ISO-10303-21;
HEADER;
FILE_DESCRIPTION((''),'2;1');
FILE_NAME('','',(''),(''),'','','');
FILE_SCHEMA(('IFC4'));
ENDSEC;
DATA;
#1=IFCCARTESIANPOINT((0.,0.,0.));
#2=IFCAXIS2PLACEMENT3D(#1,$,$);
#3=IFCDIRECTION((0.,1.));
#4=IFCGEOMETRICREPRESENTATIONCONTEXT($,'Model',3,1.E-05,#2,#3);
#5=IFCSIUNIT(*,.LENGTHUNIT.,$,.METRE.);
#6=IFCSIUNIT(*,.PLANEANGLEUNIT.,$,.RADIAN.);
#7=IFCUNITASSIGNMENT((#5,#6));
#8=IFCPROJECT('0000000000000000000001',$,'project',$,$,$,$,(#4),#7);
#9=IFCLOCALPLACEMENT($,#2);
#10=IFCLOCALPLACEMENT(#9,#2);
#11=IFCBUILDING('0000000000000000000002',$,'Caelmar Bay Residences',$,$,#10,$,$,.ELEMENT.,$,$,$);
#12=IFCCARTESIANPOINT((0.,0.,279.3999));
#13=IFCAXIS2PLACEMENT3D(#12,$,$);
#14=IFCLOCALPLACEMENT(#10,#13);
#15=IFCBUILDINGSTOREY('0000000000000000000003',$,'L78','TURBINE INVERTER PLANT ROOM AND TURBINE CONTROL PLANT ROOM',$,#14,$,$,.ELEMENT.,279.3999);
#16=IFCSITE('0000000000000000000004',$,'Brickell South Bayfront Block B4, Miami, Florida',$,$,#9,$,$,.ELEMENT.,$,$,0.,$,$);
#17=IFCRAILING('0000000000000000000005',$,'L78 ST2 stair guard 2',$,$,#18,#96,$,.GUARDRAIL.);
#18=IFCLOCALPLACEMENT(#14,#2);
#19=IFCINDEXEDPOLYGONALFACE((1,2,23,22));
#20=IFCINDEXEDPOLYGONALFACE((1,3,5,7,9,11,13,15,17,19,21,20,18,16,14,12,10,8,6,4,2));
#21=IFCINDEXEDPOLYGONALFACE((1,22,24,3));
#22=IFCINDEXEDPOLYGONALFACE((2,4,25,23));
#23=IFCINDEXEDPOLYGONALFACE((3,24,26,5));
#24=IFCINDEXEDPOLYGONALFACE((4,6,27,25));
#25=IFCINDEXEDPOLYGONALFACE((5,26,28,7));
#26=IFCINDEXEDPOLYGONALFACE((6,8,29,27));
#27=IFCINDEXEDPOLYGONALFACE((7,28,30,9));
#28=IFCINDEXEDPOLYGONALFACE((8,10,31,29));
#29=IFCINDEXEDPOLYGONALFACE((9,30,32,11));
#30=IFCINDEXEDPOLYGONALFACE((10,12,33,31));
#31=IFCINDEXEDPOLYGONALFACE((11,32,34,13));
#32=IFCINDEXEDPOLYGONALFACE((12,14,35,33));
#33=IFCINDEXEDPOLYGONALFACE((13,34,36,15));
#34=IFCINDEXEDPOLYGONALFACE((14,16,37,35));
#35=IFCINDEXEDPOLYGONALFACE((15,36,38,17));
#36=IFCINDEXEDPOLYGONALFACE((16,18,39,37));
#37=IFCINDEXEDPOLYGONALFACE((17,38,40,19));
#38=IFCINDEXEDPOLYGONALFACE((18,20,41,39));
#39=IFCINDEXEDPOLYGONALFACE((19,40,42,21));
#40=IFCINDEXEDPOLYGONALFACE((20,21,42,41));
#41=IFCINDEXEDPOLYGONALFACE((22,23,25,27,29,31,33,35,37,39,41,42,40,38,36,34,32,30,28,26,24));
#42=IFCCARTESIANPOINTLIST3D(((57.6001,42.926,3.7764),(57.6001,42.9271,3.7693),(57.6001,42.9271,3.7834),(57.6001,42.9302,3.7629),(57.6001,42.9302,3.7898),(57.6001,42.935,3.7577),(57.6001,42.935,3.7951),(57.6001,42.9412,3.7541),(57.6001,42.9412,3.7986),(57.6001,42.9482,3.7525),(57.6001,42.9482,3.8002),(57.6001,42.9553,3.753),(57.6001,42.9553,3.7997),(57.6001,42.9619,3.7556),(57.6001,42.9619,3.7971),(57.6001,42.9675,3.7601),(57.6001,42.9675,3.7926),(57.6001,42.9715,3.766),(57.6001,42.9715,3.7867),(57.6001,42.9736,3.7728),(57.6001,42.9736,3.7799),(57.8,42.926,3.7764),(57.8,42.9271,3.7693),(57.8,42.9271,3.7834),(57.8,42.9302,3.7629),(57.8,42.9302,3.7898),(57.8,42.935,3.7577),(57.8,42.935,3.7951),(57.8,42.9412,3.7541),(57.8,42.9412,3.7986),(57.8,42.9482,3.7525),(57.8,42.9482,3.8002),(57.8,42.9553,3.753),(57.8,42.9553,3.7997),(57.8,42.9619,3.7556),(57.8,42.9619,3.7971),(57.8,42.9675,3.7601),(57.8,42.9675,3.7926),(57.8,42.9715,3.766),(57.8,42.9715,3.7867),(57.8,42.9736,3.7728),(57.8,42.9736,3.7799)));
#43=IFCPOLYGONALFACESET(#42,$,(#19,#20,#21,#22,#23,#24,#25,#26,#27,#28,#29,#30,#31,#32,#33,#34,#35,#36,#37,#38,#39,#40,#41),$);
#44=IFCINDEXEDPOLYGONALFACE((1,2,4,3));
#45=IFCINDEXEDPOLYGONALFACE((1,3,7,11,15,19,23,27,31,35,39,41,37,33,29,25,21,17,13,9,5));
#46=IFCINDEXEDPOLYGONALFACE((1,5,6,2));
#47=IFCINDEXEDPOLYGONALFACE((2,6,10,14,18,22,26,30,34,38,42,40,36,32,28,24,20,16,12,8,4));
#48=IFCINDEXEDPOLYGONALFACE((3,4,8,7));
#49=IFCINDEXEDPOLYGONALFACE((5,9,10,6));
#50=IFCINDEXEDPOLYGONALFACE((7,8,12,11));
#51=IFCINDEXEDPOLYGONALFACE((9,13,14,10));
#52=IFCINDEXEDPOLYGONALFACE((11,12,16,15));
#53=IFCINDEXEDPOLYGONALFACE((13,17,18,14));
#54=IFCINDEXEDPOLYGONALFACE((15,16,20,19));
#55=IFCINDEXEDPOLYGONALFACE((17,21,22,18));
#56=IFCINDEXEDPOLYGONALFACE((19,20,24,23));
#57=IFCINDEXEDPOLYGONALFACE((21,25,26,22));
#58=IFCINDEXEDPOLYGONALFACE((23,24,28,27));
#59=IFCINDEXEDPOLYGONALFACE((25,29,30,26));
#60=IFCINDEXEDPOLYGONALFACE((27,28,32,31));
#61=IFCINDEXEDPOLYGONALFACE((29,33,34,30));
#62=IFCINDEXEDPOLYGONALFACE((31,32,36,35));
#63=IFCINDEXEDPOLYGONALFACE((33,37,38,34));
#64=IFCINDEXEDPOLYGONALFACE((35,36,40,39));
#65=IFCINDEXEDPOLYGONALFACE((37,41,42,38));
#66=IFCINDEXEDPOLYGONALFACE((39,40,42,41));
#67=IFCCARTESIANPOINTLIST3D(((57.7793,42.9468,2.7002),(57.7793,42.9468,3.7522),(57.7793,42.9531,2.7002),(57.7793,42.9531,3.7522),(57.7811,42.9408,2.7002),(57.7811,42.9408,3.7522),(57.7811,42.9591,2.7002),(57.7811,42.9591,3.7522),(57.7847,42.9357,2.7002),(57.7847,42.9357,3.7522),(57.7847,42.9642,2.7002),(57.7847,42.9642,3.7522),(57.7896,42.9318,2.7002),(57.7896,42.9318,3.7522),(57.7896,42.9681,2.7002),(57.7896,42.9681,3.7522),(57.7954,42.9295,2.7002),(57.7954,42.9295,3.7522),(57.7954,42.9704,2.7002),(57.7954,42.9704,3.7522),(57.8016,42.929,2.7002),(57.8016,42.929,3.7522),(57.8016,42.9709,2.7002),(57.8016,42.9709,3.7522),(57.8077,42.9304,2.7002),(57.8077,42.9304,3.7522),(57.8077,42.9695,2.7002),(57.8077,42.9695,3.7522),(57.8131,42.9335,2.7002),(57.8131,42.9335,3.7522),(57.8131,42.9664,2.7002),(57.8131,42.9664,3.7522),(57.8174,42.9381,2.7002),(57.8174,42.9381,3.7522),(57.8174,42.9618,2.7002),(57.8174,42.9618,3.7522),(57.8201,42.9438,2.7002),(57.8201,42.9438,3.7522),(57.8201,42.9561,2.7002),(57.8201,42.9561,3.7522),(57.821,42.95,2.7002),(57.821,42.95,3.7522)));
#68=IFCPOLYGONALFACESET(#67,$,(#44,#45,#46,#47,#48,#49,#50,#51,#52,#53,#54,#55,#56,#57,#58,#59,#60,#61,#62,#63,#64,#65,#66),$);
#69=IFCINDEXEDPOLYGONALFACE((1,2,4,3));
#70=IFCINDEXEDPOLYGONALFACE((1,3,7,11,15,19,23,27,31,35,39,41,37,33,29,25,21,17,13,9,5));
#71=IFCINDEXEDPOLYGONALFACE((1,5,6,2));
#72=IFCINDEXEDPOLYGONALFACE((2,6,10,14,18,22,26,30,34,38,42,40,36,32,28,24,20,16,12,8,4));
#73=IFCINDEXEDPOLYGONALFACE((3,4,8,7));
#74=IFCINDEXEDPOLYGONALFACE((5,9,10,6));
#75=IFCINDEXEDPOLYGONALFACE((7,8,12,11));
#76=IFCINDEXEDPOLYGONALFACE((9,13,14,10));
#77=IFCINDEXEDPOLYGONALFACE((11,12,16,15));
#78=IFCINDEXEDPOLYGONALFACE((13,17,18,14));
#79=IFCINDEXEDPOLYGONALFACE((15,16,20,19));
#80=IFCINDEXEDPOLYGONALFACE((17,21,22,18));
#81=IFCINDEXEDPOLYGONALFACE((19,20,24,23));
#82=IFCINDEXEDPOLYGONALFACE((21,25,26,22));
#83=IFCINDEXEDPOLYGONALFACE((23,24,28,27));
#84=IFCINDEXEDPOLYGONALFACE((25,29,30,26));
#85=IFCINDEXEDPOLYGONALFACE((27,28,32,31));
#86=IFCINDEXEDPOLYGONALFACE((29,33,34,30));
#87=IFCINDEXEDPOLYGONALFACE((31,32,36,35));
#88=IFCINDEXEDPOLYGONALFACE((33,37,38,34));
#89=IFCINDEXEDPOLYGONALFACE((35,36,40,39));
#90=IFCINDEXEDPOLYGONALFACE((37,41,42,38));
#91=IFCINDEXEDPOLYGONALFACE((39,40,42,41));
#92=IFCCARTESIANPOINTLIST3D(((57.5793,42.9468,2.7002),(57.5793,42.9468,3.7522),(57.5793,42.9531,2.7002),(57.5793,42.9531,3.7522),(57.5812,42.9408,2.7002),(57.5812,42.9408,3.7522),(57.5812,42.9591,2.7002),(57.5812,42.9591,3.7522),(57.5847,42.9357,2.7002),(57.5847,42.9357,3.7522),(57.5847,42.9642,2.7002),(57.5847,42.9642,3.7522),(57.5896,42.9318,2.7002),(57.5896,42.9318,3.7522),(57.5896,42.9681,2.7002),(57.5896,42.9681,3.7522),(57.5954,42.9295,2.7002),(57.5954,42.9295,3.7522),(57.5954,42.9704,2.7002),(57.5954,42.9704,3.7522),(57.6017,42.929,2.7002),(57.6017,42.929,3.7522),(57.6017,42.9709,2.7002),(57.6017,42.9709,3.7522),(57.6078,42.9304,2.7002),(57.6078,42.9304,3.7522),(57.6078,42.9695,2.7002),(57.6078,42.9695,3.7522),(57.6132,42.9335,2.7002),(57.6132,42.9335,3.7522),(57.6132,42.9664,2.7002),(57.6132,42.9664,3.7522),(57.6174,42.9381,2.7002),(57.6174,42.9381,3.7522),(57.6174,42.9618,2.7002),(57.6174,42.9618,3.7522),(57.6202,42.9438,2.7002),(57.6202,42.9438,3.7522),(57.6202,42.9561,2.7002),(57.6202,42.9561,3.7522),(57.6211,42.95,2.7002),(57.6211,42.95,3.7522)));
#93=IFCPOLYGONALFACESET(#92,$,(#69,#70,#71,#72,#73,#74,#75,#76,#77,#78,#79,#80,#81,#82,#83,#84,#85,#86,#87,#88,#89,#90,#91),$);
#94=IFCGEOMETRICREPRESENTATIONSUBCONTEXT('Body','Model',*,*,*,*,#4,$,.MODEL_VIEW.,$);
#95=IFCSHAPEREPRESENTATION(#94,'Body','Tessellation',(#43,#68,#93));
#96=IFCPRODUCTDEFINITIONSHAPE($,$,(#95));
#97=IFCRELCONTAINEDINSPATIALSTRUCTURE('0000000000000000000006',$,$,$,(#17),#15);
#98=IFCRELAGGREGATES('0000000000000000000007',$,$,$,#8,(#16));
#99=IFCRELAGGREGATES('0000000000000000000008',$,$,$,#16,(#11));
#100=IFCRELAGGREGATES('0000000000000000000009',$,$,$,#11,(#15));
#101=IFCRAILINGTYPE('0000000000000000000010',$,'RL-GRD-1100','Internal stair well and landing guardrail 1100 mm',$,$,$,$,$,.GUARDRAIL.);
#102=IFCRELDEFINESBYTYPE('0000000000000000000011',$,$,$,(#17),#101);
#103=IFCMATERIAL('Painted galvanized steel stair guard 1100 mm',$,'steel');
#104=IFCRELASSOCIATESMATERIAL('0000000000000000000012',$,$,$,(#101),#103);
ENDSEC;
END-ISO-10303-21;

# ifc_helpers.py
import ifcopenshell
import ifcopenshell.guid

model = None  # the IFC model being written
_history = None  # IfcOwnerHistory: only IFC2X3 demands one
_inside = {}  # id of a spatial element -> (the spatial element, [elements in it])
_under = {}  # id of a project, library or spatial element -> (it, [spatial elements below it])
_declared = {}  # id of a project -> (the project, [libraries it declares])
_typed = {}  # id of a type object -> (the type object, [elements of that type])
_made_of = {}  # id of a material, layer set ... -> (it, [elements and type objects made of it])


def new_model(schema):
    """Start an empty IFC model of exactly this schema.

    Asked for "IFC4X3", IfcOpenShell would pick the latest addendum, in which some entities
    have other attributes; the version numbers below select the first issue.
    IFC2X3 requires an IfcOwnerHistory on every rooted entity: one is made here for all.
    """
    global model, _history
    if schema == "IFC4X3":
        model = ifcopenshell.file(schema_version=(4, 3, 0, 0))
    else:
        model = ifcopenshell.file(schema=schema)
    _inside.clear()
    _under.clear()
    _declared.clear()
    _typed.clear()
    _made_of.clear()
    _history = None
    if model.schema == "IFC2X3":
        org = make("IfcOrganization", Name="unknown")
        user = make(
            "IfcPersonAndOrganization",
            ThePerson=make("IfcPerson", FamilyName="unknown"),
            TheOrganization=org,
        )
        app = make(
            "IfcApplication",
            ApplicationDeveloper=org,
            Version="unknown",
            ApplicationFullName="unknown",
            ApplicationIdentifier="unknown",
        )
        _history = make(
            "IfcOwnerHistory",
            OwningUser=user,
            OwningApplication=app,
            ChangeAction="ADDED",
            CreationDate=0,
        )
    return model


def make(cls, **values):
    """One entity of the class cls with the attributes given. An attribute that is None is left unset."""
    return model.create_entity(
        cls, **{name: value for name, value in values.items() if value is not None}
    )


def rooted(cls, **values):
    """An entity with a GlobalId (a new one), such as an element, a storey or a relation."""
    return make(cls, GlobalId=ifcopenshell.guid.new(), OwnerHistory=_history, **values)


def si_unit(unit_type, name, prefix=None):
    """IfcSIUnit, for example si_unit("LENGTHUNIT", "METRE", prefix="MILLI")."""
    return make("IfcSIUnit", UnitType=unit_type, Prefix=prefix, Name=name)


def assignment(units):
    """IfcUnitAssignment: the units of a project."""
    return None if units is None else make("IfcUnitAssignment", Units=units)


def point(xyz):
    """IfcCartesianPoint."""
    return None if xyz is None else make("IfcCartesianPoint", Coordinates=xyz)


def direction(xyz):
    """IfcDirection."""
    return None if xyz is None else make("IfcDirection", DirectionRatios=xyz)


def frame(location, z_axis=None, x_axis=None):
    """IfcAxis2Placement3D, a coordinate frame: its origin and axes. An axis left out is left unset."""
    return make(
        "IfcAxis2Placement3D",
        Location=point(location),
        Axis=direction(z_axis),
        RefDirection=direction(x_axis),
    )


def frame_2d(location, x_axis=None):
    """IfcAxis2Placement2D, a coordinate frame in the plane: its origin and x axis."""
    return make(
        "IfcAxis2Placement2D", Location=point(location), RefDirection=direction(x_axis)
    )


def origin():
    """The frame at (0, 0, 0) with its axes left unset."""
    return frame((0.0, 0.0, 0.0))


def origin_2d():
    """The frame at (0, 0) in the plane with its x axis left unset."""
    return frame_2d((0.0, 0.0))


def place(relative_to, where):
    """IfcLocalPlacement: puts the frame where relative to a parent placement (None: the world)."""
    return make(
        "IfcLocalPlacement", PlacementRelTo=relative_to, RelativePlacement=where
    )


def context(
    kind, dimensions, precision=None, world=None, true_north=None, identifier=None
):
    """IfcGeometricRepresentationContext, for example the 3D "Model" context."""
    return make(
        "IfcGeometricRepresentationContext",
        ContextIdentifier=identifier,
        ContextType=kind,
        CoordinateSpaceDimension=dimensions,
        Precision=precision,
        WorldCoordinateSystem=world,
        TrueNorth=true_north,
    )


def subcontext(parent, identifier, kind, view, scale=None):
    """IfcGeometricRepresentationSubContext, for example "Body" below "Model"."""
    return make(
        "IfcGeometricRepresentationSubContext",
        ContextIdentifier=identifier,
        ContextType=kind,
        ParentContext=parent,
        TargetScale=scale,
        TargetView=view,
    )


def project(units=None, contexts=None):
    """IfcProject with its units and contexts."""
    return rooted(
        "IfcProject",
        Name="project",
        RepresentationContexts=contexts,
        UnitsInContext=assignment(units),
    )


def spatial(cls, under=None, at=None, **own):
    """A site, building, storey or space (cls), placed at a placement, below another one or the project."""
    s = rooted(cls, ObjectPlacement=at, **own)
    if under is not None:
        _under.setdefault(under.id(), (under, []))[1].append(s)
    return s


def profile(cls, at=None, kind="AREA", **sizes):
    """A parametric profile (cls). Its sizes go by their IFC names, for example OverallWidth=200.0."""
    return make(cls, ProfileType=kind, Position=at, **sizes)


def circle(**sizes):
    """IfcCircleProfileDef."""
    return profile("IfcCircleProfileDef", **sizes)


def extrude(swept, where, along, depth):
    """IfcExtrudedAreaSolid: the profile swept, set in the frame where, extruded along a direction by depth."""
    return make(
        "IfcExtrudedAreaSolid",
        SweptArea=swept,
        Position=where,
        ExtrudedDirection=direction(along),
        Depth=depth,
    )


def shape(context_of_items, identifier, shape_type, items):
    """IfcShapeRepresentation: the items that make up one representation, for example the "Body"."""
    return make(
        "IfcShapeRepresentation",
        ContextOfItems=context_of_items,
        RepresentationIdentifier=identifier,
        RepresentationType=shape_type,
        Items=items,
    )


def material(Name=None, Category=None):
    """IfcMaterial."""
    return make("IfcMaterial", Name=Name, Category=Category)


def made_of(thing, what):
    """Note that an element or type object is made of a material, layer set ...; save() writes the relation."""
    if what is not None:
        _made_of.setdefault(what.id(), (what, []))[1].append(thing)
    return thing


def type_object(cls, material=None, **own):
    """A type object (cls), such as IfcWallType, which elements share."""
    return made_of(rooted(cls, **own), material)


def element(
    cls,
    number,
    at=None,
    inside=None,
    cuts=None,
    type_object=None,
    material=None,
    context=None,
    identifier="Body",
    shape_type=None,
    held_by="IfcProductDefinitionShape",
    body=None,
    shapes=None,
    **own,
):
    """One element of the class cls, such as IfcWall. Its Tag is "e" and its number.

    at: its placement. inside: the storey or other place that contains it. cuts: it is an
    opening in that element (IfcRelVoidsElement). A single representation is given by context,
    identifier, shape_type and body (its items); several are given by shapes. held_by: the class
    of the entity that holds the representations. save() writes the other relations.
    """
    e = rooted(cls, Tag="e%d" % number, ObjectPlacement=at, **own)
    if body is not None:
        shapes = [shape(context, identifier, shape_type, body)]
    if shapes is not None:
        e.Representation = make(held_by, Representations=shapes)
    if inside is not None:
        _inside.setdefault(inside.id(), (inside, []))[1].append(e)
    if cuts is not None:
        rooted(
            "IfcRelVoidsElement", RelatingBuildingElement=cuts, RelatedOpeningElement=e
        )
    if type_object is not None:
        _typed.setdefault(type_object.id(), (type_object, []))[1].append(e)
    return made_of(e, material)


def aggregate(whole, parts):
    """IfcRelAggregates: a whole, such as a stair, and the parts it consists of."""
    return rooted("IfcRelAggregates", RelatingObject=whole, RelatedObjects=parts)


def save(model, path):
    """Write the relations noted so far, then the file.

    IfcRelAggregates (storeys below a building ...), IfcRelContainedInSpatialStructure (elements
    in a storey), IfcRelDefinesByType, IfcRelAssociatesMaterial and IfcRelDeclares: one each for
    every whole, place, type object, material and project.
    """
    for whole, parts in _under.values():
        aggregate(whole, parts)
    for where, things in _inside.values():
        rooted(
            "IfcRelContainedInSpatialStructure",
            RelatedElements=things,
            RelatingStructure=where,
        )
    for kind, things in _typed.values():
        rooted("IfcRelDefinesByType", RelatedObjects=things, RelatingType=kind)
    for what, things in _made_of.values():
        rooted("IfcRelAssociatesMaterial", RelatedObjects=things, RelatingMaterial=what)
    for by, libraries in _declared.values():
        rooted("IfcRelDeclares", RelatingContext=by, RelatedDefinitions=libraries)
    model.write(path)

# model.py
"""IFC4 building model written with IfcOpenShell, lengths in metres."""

from ifc_helpers import new_model, si_unit, direction, frame, origin, origin_2d, place, context, subcontext, project, spatial, circle, extrude, material, type_object, element, save


model = new_model("IFC4")

# Units and contexts
model_context = context("Model", 3, precision=1e-05, world=origin(), true_north=direction((0.0, 1.0)))
body_context = subcontext(model_context, "Body", "Model", "MODEL_VIEW")
ifc_project = project(units=[si_unit("LENGTHUNIT", "METRE"), si_unit("PLANEANGLEUNIT", "RADIAN")], contexts=[model_context])

# Site, building, storey
site_placement = place(None, origin())
site = spatial("IfcSite", under=ifc_project, at=site_placement, Name="Brickell South Bayfront Block B4, Miami, Florida", CompositionType="ELEMENT", RefElevation=0.0)
building_placement = place(site_placement, origin())
building = spatial("IfcBuilding", under=site, at=building_placement, Name="Caelmar Bay Residences", CompositionType="ELEMENT")
storey_placement = place(building_placement, frame((0.0, 0.0, 279.3999)))
storey = spatial("IfcBuildingStorey", under=building, at=storey_placement, Name="L78", Description="TURBINE INVERTER PLANT ROOM AND TURBINE CONTROL PLANT ROOM", CompositionType="ELEMENT", Elevation=279.3999)

# Railing
ifc_material_1 = material(Name="Painted galvanized steel stair guard 1100 mm", Category="steel")
railing_type_1 = type_object("IfcRailingType", Name="RL-GRD-1100", Description="Internal stair well and landing guardrail 1100 mm", PredefinedType="GUARDRAIL", material=ifc_material_1)
railing_1_placement = place(storey_placement, frame((57.8, 42.95, 2.7002)))
element("IfcRailing", 1, at=railing_1_placement, inside=storey, type_object=railing_type_1, Name="L78 ST2 stair guard 2", PredefinedType="GUARDRAIL", context=body_context, shape_type="SweptSolid", body=[
    extrude(circle(Radius=0.0239, at=origin_2d()), frame((0.0, 0.0, 1.0762), z_axis=(-1.0, 0.0, 0.0), x_axis=(0.0, -1.0, 0.0)), (0.0, 0.0, 1.0), 0.2),
    extrude(circle(Radius=0.021, at=origin_2d()), origin(), (0.0, 0.0, 1.0), 1.052),
    extrude(circle(Radius=0.021, at=origin_2d()), frame((-0.2, 0.0, 0.0)), (0.0, 0.0, 1.0), 1.052),
])

save(model, "model.ifc")
